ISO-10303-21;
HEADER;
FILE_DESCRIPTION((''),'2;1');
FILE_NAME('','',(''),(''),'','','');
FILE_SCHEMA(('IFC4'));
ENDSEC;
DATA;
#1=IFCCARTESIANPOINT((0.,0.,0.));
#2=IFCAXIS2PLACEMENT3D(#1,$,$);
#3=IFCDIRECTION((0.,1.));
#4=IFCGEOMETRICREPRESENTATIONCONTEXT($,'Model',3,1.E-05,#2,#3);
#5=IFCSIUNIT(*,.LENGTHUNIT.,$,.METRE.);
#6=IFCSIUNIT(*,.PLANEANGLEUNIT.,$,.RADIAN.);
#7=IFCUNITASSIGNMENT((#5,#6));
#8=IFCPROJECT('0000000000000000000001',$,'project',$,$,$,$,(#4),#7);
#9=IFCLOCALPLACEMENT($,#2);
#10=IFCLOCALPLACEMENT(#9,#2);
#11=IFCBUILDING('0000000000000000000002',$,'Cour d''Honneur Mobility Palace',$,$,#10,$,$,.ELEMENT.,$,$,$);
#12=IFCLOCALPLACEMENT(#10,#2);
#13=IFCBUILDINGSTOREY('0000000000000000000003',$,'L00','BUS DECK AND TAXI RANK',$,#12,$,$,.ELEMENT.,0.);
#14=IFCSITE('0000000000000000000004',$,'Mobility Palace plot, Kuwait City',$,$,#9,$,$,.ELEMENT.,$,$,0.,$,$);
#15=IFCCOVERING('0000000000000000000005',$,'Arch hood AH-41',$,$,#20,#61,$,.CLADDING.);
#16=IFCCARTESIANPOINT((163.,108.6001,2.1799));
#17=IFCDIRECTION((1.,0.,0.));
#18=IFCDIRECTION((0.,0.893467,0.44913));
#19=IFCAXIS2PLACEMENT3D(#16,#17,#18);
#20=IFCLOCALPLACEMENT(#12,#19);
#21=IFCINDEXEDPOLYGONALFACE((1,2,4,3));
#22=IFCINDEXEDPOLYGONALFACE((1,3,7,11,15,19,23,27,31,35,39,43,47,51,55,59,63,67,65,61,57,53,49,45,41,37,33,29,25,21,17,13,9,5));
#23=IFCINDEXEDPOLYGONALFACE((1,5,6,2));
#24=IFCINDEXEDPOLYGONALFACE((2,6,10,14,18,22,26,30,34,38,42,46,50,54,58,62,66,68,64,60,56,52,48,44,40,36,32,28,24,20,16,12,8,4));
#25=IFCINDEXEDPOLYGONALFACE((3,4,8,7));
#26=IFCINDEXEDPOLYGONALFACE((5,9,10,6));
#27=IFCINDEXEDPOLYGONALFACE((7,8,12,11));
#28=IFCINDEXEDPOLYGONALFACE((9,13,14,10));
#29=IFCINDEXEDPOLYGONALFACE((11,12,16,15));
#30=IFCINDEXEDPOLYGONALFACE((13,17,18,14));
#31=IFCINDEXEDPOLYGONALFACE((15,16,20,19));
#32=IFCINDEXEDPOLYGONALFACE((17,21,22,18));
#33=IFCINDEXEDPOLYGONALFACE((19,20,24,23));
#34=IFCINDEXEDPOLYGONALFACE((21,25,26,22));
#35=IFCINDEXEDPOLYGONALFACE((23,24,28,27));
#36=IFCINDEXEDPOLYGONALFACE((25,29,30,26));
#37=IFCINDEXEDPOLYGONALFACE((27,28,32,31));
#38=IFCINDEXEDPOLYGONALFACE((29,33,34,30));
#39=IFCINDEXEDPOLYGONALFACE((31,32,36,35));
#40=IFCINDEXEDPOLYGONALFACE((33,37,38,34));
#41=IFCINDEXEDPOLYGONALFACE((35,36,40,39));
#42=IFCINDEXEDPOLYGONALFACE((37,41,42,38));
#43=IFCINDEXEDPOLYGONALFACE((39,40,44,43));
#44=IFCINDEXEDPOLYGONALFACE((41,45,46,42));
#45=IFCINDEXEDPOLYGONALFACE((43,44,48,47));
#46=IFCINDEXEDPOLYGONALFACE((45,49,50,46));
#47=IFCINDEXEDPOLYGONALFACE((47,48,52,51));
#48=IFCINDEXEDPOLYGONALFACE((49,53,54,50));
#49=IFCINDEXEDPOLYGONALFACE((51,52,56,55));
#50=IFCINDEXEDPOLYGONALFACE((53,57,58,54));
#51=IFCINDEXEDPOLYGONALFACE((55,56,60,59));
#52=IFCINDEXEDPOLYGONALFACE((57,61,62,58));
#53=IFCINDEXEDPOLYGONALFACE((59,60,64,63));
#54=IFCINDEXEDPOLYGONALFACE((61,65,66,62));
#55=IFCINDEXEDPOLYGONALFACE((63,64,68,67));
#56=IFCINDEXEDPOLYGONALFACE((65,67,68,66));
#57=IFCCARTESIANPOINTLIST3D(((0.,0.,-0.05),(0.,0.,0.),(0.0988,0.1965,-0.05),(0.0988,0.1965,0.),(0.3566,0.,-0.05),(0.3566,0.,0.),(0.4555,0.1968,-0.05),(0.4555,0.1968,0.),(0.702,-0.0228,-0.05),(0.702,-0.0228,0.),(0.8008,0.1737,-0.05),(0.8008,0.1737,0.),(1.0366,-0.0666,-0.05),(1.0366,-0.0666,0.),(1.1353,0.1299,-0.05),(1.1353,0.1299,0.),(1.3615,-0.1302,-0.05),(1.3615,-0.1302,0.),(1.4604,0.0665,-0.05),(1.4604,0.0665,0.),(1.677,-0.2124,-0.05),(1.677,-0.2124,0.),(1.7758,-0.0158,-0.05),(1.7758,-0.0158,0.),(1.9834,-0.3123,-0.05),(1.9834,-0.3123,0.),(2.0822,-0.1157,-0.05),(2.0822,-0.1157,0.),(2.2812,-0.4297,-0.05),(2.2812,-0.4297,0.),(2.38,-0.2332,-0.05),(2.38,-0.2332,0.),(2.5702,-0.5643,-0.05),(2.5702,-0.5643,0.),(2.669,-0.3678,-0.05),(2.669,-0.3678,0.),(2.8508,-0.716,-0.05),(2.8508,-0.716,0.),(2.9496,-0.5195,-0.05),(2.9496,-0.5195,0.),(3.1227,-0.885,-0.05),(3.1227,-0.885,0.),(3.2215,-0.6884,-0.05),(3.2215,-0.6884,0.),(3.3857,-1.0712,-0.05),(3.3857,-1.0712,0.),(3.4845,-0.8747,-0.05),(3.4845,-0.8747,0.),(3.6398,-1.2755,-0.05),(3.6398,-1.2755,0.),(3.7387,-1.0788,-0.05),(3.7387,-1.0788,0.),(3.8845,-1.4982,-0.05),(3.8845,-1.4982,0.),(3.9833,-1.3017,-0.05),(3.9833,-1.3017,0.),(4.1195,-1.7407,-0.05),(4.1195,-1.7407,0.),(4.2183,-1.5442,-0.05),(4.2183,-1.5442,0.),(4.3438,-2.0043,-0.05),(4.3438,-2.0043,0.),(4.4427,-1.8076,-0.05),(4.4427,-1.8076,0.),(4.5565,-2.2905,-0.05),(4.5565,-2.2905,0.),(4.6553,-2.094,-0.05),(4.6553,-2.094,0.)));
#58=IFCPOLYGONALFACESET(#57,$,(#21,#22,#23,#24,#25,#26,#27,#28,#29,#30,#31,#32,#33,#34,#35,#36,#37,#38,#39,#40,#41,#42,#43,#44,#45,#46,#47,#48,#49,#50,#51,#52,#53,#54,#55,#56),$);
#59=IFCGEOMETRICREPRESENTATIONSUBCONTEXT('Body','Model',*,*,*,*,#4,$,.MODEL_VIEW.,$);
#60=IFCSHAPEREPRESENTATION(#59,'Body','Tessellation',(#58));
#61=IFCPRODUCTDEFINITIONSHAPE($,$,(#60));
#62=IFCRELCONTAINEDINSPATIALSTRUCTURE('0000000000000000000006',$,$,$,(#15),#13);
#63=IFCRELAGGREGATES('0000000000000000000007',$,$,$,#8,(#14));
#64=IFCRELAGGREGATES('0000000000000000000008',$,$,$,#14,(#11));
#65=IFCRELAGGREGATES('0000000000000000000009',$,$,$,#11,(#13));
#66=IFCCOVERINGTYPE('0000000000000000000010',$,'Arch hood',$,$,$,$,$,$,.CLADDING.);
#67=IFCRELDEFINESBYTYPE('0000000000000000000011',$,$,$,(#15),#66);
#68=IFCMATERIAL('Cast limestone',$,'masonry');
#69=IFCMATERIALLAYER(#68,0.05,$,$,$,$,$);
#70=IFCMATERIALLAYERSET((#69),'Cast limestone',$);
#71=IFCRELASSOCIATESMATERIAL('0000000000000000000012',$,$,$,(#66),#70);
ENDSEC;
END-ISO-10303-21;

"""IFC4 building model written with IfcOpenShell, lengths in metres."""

from ifc_helpers import new_model, si_unit, direction, frame, origin, place, context, subcontext, project, spatial, polyline, outline, extrude, material, layer, layer_set, type_object, element, save


model = new_model("IFC4")

# Units and contexts
model_context = context("Model", 3, precision=1e-05, world=origin(), true_north=direction((0.0, 1.0)))
body_context = subcontext(model_context, "Body", "Model", "MODEL_VIEW")
ifc_project = project(units=[si_unit("LENGTHUNIT", "METRE"), si_unit("PLANEANGLEUNIT", "RADIAN")], contexts=[model_context])

# Site, building, storey
site_placement = place(None, origin())
site = spatial("IfcSite", under=ifc_project, at=site_placement, Name="Mobility Palace plot, Kuwait City", CompositionType="ELEMENT", RefElevation=0.0)
building_placement = place(site_placement, origin())
building = spatial("IfcBuilding", under=site, at=building_placement, Name="Cour d'Honneur Mobility Palace", CompositionType="ELEMENT")
storey_placement = place(building_placement, origin())
storey = spatial("IfcBuildingStorey", under=building, at=storey_placement, Name="L00", Description="BUS DECK AND TAXI RANK", CompositionType="ELEMENT", Elevation=0.0)

# Covering
ifc_material_1 = material(Name="Cast limestone", Category="masonry")
ifc_layer_1 = layer(ifc_material_1, 0.05)
ifc_layer_set_1 = layer_set([ifc_layer_1], Name="Cast limestone")
covering_type_1 = type_object("IfcCoveringType", Name="Arch hood", PredefinedType="CLADDING", material=ifc_layer_set_1)
covering_1_placement = place(storey_placement, frame((163.0, 108.6001, 2.1799), z_axis=(1.0, 0.0, 0.0), x_axis=(0.0, 0.893467, 0.44913)))
element("IfcCovering", 1, at=covering_1_placement, inside=storey, type_object=covering_type_1, Name="Arch hood AH-41", PredefinedType="CLADDING", context=body_context, shape_type="SweptSolid", body=[
    extrude(outline(polyline([(0.0, 0.0), (0.3566, 0.0), (0.702, -0.0228), (1.0366, -0.0666), (1.3615, -0.1302), (1.677, -0.2124), (1.9834, -0.3123), (2.2812, -0.4297), (2.5702, -0.5643), (2.8508, -0.716), (3.1227, -0.885), (3.3857, -1.0712), (3.6398, -1.2755), (3.8845, -1.4982), (4.1195, -1.7407), (4.3438, -2.0043), (4.5565, -2.2905), (4.6553, -2.094), (4.4427, -1.8076), (4.2183, -1.5442), (3.9833, -1.3017), (3.7387, -1.0788), (3.4845, -0.8747), (3.2215, -0.6884), (2.9496, -0.5195), (2.669, -0.3678), (2.38, -0.2332), (2.0822, -0.1157), (1.7758, -0.0158), (1.4604, 0.0665), (1.1353, 0.1299), (0.8008, 0.1737), (0.4555, 0.1968), (0.0988, 0.1965), (0.0, 0.0)])), origin(), (0.0, 0.0, -1.0), 0.05),
])

save(model, "model.ifc")
